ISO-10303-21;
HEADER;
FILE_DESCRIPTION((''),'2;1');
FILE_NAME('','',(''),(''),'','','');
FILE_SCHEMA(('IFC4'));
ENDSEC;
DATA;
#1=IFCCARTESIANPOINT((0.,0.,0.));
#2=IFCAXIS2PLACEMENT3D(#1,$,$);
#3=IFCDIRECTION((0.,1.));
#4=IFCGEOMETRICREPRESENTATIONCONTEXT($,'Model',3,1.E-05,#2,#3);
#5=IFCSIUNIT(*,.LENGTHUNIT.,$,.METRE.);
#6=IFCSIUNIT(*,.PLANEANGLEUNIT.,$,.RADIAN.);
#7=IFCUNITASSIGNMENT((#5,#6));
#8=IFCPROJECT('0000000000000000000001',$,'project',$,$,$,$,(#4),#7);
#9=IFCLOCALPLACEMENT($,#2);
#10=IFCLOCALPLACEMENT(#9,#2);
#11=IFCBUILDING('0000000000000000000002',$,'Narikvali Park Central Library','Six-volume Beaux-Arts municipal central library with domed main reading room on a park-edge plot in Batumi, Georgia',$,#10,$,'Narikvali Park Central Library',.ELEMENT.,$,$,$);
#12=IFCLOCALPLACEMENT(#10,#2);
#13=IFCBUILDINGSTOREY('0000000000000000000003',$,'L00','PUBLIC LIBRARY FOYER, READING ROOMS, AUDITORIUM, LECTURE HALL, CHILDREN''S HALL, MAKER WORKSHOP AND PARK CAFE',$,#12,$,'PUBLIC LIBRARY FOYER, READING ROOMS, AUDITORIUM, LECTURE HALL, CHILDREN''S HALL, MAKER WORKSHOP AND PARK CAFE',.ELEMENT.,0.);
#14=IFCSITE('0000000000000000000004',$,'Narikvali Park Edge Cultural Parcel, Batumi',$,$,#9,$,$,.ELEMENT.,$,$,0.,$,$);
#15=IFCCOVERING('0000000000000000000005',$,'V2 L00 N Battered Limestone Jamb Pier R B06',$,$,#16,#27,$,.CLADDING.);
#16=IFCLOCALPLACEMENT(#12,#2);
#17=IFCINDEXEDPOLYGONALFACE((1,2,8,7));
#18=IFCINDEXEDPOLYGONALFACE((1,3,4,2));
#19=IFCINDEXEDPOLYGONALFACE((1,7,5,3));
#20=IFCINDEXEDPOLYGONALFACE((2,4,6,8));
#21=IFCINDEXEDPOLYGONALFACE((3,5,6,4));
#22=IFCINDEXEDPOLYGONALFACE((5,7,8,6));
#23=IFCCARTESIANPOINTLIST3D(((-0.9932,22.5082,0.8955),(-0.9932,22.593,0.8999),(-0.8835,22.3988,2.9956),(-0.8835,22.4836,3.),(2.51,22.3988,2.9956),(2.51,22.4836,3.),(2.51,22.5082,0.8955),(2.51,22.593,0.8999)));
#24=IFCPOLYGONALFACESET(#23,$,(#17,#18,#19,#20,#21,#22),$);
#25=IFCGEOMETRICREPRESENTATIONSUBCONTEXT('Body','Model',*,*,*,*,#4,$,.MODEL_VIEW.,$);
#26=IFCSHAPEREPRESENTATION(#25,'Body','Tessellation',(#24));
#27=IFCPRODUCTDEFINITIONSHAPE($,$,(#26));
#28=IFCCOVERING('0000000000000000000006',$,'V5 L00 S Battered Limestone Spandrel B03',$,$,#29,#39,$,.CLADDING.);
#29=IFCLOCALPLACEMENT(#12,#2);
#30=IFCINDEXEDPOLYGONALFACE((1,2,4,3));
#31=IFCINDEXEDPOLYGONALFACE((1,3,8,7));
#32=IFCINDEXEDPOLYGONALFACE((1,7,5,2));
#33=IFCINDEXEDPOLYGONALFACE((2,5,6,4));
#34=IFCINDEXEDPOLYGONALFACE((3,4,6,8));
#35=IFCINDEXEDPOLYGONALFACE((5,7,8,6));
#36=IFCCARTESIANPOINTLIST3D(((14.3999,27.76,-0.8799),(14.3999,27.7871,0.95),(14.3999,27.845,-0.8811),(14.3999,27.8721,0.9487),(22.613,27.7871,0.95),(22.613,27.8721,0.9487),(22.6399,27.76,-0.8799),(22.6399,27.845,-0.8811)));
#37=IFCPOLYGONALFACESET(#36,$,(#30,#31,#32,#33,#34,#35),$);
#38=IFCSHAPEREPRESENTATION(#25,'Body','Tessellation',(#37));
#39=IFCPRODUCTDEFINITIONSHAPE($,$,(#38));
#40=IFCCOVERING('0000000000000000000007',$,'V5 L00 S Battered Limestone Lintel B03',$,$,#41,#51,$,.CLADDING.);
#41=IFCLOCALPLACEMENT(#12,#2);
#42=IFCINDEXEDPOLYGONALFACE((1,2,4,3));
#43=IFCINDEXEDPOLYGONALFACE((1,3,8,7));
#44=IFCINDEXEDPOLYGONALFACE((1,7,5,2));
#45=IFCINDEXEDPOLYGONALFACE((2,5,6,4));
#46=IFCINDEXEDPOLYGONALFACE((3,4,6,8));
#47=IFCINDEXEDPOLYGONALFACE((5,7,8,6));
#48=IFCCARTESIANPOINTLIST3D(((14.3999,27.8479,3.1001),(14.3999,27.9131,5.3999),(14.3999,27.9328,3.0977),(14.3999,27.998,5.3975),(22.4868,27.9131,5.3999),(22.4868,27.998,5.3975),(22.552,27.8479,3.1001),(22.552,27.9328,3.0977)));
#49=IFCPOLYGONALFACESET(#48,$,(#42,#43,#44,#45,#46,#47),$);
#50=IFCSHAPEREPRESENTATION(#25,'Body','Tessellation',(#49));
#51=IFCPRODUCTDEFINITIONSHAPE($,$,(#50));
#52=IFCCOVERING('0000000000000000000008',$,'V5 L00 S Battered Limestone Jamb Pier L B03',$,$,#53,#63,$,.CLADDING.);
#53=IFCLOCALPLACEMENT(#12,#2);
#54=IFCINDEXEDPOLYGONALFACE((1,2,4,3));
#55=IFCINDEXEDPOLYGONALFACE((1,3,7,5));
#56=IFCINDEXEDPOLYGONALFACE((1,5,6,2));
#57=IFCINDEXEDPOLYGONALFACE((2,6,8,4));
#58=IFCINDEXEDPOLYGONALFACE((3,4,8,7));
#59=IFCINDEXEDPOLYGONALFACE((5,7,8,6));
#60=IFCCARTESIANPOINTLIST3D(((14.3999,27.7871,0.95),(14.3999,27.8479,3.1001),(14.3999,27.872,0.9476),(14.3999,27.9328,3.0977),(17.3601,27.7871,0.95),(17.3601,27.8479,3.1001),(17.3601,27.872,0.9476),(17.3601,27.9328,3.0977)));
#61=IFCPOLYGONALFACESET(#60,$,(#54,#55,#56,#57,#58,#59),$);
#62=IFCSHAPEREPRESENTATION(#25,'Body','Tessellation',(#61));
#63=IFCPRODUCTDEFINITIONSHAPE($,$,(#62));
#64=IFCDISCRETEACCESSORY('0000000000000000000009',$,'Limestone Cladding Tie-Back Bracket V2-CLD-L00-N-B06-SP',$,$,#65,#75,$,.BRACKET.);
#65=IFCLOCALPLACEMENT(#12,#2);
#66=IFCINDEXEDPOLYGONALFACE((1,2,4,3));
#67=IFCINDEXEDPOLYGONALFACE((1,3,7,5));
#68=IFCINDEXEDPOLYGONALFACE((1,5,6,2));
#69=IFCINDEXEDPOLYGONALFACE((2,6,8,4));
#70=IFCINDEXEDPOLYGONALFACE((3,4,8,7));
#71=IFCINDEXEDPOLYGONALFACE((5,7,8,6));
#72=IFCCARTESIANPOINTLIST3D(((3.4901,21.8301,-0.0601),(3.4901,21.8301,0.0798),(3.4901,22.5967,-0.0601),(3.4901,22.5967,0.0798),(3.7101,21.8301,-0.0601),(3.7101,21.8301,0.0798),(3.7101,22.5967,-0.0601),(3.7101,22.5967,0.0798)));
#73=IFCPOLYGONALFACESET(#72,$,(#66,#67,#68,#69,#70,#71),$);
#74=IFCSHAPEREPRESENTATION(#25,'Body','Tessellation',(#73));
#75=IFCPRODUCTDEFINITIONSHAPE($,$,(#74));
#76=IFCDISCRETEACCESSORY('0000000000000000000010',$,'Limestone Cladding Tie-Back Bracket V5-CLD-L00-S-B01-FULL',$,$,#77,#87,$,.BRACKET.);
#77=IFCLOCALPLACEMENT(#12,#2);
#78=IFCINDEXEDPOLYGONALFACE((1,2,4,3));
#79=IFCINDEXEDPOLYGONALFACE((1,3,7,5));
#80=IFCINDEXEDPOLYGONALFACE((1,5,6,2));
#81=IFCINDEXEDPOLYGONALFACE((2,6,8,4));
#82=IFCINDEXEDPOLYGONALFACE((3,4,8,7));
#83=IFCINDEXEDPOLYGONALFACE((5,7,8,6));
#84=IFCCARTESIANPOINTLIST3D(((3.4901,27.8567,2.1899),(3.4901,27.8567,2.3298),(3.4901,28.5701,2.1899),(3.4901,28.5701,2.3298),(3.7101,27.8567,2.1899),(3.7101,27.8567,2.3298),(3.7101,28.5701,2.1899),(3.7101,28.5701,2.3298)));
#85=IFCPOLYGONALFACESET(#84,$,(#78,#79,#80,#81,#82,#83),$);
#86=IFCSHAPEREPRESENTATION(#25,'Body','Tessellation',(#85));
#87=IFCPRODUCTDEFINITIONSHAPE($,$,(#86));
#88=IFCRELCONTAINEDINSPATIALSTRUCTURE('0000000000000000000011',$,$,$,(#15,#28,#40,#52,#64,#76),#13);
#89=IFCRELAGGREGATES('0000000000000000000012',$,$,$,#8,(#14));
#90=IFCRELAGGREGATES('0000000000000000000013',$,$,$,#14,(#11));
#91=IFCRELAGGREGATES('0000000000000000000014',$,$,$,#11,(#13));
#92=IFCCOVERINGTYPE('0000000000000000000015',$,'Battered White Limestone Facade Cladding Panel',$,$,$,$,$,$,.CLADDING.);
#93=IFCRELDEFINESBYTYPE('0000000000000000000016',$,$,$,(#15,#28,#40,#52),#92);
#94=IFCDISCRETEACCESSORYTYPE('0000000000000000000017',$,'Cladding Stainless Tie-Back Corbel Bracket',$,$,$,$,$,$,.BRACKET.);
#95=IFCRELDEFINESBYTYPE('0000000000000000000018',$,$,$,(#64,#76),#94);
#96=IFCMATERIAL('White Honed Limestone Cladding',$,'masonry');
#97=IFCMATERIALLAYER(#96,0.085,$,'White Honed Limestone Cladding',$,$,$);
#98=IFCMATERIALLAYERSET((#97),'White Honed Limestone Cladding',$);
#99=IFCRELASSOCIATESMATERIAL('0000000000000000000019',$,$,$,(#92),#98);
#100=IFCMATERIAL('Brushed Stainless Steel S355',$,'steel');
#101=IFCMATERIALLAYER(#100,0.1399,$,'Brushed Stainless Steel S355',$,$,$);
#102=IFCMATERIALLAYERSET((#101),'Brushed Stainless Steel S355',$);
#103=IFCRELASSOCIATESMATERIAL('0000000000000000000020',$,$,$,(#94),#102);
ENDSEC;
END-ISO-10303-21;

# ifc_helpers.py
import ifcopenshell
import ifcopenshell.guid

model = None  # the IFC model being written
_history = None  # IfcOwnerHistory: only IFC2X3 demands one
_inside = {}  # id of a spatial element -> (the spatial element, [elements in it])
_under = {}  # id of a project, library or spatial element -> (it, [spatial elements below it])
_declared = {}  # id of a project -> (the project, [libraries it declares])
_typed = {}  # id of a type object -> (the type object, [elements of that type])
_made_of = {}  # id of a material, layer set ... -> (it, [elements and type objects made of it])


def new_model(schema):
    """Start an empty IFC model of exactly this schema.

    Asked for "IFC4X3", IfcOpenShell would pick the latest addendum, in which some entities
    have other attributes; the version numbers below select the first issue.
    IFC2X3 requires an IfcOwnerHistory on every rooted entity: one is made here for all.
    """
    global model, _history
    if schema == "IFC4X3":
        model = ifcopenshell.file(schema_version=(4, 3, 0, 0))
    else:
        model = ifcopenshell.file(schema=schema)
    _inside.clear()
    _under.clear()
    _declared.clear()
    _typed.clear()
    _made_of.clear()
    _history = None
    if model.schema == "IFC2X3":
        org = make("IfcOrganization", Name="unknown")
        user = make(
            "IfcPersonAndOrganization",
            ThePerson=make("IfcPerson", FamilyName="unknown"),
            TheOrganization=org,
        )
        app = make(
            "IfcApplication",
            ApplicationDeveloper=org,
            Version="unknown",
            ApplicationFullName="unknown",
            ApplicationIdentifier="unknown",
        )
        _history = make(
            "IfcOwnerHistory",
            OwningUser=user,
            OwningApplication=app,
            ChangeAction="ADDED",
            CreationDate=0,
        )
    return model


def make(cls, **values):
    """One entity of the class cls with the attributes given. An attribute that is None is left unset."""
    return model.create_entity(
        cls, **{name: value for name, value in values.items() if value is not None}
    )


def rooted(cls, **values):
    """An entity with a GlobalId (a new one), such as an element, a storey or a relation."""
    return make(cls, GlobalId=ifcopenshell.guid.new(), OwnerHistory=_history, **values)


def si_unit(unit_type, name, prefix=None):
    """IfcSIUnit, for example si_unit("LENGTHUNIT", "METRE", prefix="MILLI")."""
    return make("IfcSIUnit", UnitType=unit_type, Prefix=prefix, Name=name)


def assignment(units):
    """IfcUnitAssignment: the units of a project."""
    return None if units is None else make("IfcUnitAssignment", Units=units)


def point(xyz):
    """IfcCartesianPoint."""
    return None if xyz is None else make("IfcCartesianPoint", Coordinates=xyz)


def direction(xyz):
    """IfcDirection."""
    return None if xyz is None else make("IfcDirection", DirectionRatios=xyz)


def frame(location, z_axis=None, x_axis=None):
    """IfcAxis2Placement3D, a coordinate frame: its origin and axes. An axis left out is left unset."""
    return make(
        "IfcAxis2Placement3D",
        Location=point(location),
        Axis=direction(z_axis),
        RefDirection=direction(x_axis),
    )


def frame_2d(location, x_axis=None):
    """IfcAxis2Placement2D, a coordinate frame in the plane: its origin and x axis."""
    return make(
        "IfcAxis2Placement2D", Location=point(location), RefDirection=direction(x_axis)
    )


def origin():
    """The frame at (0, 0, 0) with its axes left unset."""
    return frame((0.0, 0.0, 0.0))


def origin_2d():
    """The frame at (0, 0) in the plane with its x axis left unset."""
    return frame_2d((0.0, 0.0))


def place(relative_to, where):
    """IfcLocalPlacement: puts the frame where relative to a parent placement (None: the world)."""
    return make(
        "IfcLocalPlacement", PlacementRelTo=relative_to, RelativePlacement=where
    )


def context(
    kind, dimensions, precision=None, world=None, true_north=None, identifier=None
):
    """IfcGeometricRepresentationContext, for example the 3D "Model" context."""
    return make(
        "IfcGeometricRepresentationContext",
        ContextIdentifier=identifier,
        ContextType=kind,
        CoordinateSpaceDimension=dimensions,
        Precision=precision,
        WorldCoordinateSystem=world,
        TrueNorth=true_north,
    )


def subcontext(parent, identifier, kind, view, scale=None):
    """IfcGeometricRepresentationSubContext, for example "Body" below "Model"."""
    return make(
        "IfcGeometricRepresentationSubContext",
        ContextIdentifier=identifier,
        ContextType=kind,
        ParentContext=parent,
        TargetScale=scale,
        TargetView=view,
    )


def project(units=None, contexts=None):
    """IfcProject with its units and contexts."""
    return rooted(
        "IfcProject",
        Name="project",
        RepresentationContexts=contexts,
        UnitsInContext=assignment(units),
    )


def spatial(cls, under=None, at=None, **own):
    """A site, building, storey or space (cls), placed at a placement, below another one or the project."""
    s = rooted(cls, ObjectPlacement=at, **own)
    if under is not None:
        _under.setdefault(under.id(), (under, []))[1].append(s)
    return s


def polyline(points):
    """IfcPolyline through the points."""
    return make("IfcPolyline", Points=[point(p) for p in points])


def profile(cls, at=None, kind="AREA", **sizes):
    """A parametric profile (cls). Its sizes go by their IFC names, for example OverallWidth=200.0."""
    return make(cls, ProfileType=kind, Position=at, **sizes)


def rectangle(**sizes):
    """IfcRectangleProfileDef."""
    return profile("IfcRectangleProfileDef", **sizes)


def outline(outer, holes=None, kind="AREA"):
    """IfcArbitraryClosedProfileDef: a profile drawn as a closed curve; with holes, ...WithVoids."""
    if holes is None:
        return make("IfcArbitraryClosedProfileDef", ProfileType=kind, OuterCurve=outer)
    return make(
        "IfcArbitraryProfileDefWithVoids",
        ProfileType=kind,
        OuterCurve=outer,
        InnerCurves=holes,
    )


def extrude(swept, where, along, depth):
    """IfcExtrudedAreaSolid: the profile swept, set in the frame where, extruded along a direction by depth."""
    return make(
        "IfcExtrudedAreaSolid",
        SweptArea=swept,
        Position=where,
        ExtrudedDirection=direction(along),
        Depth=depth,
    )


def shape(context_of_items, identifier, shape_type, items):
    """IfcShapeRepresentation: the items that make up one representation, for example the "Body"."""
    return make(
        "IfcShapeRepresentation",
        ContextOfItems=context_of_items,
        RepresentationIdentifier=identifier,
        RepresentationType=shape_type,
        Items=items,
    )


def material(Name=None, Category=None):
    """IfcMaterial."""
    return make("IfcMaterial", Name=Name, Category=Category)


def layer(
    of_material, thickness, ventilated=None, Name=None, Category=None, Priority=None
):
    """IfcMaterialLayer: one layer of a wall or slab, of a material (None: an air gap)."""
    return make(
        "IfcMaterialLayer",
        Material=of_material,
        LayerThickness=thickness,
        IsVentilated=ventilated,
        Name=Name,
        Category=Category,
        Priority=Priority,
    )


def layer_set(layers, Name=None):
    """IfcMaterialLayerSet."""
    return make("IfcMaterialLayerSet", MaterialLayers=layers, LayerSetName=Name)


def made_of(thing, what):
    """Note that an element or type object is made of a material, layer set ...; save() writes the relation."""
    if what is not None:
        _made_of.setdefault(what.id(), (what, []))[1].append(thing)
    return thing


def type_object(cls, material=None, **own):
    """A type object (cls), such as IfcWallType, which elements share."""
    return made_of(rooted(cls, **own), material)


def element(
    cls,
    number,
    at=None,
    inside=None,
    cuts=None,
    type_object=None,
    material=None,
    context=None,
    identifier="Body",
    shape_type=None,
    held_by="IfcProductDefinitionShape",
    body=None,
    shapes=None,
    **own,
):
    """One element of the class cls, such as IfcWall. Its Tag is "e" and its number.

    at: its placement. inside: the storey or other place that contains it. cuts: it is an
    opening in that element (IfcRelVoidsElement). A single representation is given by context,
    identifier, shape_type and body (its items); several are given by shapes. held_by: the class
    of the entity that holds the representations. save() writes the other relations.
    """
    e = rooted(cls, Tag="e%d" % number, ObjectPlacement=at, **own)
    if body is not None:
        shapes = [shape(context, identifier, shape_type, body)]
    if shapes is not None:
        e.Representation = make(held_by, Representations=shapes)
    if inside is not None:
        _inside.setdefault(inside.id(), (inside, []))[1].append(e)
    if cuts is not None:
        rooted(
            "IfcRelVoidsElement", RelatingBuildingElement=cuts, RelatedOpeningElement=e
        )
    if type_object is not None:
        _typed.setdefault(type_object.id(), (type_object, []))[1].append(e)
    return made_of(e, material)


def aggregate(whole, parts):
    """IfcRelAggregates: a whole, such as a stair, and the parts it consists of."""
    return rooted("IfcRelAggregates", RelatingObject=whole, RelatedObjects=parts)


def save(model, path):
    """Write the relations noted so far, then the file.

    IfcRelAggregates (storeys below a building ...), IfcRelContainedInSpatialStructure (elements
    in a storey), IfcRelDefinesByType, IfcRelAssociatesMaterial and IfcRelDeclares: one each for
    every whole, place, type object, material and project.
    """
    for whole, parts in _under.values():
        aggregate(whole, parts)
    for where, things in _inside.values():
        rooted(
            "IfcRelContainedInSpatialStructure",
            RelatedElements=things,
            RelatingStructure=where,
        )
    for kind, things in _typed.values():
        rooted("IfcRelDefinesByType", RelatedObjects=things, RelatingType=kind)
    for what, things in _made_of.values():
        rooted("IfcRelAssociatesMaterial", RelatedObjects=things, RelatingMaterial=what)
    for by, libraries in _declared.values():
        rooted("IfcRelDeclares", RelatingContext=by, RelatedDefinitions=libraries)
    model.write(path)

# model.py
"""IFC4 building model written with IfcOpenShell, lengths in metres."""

from ifc_helpers import new_model, si_unit, direction, frame, origin, origin_2d, place, context, subcontext, project, spatial, polyline, rectangle, outline, extrude, material, layer, layer_set, type_object, element, save


model = new_model("IFC4")

# Units and contexts
model_context = context("Model", 3, precision=1e-05, world=origin(), true_north=direction((0.0, 1.0)))
body_context = subcontext(model_context, "Body", "Model", "MODEL_VIEW")
ifc_project = project(units=[si_unit("LENGTHUNIT", "METRE"), si_unit("PLANEANGLEUNIT", "RADIAN")], contexts=[model_context])

# Site, building, storey
site_placement = place(None, origin())
site = spatial("IfcSite", under=ifc_project, at=site_placement, Name="Narikvali Park Edge Cultural Parcel, Batumi", CompositionType="ELEMENT", RefElevation=0.0)
building_placement = place(site_placement, origin())
building = spatial("IfcBuilding", under=site, at=building_placement, Name="Narikvali Park Central Library", Description="Six-volume Beaux-Arts municipal central library with domed main reading room on a park-edge plot in Batumi, Georgia", LongName="Narikvali Park Central Library", CompositionType="ELEMENT")
storey_placement = place(building_placement, origin())
storey = spatial("IfcBuildingStorey", under=building, at=storey_placement, Name="L00", Description="PUBLIC LIBRARY FOYER, READING ROOMS, AUDITORIUM, LECTURE HALL, CHILDREN'S HALL, MAKER WORKSHOP AND PARK CAFE", LongName="PUBLIC LIBRARY FOYER, READING ROOMS, AUDITORIUM, LECTURE HALL, CHILDREN'S HALL, MAKER WORKSHOP AND PARK CAFE", CompositionType="ELEMENT", Elevation=0.0)

# Coverings
ifc_material_1 = material(Name="White Honed Limestone Cladding", Category="masonry")
ifc_layer_1 = layer(ifc_material_1, 0.085, Name="White Honed Limestone Cladding")
ifc_layer_set_1 = layer_set([ifc_layer_1], Name="White Honed Limestone Cladding")
covering_type = type_object("IfcCoveringType", Name="Battered White Limestone Facade Cladding Panel", PredefinedType="CLADDING", material=ifc_layer_set_1)
covering_1_placement = place(storey_placement, frame((2.51, 22.593, 0.8999), z_axis=(0.0, 0.998647, 0.05201), x_axis=(-1.0, 0.0, 0.0)))
element("IfcCovering", 1, at=covering_1_placement, inside=storey, type_object=covering_type, Name="V2 L00 N Battered Limestone Jamb Pier R B06", PredefinedType="CLADDING", context=body_context, shape_type="SweptSolid", body=[
    extrude(outline(polyline([(0.0, 0.0), (3.5032, 0.0), (3.3936, 2.1029), (0.0, 2.1029), (0.0, 0.0)])), origin(), (0.0, 0.0, -1.0), 0.085),
])
covering_2_placement = place(storey_placement, frame((14.3999, 27.76, -0.8799), z_axis=(0.0, -0.99989, 0.014808), x_axis=(1.0, 0.0, 0.0)))
element("IfcCovering", 2, at=covering_2_placement, inside=storey, type_object=covering_type, Name="V5 L00 S Battered Limestone Spandrel B03", PredefinedType="CLADDING", context=body_context, shape_type="SweptSolid", body=[
    extrude(outline(polyline([(0.0, 0.0), (8.24, 0.0), (8.2131, 1.83), (0.0, 1.83), (0.0, 0.0)])), origin(), (0.0, 0.0, -1.0), 0.085),
])
covering_3_placement = place(storey_placement, frame((14.3999, 27.8479, 3.1001), z_axis=(0.0, -0.999599, 0.028333), x_axis=(1.0, 0.0, 0.0)))
element("IfcCovering", 3, at=covering_3_placement, inside=storey, type_object=covering_type, Name="V5 L00 S Battered Limestone Lintel B03", PredefinedType="CLADDING", context=body_context, shape_type="SweptSolid", body=[
    extrude(outline(polyline([(0.0, 0.0), (8.1521, 0.0), (8.0869, 2.3007), (0.0, 2.3007), (0.0, 0.0)])), origin(), (0.0, 0.0, -1.0), 0.085),
])
covering_4_placement = place(storey_placement, frame((14.3999, 27.7871, 0.95), z_axis=(0.0, -0.999601, 0.028262), x_axis=(1.0, 0.0, 0.0)))
element("IfcCovering", 4, at=covering_4_placement, inside=storey, type_object=covering_type, Name="V5 L00 S Battered Limestone Jamb Pier L B03", PredefinedType="CLADDING", context=body_context, shape_type="SweptSolid", body=[
    extrude(outline(polyline([(0.0, 0.0), (2.9602, 0.0), (2.9602, 2.151), (0.0, 2.151), (0.0, 0.0)])), origin(), (0.0, 0.0, -1.0), 0.085),
])

# Discrete accessories
ifc_material_2 = material(Name="Brushed Stainless Steel S355", Category="steel")
ifc_layer_2 = layer(ifc_material_2, 0.1399, Name="Brushed Stainless Steel S355")
ifc_layer_set_2 = layer_set([ifc_layer_2], Name="Brushed Stainless Steel S355")
discrete_accessory_type = type_object("IfcDiscreteAccessoryType", Name="Cladding Stainless Tie-Back Corbel Bracket", PredefinedType="BRACKET", material=ifc_layer_set_2)
discrete_accessory_1_placement = place(storey_placement, frame((3.6001, 22.2134, -0.0601), z_axis=(0.0, 0.0, 1.0), x_axis=(1.0, 0.0, 0.0)))
element("IfcDiscreteAccessory", 5, at=discrete_accessory_1_placement, inside=storey, type_object=discrete_accessory_type, Name="Limestone Cladding Tie-Back Bracket V2-CLD-L00-N-B06-SP", PredefinedType="BRACKET", context=body_context, shape_type="SweptSolid", body=[
    extrude(rectangle(XDim=0.22, YDim=0.7666, at=origin_2d()), origin(), (0.0, 0.0, 1.0), 0.1399),
])
discrete_accessory_2_placement = place(storey_placement, frame((3.6001, 28.2134, 2.1899), z_axis=(0.0, 0.0, 1.0), x_axis=(1.0, 0.0, 0.0)))
element("IfcDiscreteAccessory", 6, at=discrete_accessory_2_placement, inside=storey, type_object=discrete_accessory_type, Name="Limestone Cladding Tie-Back Bracket V5-CLD-L00-S-B01-FULL", PredefinedType="BRACKET", context=body_context, shape_type="SweptSolid", body=[
    extrude(rectangle(XDim=0.22, YDim=0.7134, at=origin_2d()), origin(), (0.0, 0.0, 1.0), 0.1399),
])

save(model, "model.ifc")
